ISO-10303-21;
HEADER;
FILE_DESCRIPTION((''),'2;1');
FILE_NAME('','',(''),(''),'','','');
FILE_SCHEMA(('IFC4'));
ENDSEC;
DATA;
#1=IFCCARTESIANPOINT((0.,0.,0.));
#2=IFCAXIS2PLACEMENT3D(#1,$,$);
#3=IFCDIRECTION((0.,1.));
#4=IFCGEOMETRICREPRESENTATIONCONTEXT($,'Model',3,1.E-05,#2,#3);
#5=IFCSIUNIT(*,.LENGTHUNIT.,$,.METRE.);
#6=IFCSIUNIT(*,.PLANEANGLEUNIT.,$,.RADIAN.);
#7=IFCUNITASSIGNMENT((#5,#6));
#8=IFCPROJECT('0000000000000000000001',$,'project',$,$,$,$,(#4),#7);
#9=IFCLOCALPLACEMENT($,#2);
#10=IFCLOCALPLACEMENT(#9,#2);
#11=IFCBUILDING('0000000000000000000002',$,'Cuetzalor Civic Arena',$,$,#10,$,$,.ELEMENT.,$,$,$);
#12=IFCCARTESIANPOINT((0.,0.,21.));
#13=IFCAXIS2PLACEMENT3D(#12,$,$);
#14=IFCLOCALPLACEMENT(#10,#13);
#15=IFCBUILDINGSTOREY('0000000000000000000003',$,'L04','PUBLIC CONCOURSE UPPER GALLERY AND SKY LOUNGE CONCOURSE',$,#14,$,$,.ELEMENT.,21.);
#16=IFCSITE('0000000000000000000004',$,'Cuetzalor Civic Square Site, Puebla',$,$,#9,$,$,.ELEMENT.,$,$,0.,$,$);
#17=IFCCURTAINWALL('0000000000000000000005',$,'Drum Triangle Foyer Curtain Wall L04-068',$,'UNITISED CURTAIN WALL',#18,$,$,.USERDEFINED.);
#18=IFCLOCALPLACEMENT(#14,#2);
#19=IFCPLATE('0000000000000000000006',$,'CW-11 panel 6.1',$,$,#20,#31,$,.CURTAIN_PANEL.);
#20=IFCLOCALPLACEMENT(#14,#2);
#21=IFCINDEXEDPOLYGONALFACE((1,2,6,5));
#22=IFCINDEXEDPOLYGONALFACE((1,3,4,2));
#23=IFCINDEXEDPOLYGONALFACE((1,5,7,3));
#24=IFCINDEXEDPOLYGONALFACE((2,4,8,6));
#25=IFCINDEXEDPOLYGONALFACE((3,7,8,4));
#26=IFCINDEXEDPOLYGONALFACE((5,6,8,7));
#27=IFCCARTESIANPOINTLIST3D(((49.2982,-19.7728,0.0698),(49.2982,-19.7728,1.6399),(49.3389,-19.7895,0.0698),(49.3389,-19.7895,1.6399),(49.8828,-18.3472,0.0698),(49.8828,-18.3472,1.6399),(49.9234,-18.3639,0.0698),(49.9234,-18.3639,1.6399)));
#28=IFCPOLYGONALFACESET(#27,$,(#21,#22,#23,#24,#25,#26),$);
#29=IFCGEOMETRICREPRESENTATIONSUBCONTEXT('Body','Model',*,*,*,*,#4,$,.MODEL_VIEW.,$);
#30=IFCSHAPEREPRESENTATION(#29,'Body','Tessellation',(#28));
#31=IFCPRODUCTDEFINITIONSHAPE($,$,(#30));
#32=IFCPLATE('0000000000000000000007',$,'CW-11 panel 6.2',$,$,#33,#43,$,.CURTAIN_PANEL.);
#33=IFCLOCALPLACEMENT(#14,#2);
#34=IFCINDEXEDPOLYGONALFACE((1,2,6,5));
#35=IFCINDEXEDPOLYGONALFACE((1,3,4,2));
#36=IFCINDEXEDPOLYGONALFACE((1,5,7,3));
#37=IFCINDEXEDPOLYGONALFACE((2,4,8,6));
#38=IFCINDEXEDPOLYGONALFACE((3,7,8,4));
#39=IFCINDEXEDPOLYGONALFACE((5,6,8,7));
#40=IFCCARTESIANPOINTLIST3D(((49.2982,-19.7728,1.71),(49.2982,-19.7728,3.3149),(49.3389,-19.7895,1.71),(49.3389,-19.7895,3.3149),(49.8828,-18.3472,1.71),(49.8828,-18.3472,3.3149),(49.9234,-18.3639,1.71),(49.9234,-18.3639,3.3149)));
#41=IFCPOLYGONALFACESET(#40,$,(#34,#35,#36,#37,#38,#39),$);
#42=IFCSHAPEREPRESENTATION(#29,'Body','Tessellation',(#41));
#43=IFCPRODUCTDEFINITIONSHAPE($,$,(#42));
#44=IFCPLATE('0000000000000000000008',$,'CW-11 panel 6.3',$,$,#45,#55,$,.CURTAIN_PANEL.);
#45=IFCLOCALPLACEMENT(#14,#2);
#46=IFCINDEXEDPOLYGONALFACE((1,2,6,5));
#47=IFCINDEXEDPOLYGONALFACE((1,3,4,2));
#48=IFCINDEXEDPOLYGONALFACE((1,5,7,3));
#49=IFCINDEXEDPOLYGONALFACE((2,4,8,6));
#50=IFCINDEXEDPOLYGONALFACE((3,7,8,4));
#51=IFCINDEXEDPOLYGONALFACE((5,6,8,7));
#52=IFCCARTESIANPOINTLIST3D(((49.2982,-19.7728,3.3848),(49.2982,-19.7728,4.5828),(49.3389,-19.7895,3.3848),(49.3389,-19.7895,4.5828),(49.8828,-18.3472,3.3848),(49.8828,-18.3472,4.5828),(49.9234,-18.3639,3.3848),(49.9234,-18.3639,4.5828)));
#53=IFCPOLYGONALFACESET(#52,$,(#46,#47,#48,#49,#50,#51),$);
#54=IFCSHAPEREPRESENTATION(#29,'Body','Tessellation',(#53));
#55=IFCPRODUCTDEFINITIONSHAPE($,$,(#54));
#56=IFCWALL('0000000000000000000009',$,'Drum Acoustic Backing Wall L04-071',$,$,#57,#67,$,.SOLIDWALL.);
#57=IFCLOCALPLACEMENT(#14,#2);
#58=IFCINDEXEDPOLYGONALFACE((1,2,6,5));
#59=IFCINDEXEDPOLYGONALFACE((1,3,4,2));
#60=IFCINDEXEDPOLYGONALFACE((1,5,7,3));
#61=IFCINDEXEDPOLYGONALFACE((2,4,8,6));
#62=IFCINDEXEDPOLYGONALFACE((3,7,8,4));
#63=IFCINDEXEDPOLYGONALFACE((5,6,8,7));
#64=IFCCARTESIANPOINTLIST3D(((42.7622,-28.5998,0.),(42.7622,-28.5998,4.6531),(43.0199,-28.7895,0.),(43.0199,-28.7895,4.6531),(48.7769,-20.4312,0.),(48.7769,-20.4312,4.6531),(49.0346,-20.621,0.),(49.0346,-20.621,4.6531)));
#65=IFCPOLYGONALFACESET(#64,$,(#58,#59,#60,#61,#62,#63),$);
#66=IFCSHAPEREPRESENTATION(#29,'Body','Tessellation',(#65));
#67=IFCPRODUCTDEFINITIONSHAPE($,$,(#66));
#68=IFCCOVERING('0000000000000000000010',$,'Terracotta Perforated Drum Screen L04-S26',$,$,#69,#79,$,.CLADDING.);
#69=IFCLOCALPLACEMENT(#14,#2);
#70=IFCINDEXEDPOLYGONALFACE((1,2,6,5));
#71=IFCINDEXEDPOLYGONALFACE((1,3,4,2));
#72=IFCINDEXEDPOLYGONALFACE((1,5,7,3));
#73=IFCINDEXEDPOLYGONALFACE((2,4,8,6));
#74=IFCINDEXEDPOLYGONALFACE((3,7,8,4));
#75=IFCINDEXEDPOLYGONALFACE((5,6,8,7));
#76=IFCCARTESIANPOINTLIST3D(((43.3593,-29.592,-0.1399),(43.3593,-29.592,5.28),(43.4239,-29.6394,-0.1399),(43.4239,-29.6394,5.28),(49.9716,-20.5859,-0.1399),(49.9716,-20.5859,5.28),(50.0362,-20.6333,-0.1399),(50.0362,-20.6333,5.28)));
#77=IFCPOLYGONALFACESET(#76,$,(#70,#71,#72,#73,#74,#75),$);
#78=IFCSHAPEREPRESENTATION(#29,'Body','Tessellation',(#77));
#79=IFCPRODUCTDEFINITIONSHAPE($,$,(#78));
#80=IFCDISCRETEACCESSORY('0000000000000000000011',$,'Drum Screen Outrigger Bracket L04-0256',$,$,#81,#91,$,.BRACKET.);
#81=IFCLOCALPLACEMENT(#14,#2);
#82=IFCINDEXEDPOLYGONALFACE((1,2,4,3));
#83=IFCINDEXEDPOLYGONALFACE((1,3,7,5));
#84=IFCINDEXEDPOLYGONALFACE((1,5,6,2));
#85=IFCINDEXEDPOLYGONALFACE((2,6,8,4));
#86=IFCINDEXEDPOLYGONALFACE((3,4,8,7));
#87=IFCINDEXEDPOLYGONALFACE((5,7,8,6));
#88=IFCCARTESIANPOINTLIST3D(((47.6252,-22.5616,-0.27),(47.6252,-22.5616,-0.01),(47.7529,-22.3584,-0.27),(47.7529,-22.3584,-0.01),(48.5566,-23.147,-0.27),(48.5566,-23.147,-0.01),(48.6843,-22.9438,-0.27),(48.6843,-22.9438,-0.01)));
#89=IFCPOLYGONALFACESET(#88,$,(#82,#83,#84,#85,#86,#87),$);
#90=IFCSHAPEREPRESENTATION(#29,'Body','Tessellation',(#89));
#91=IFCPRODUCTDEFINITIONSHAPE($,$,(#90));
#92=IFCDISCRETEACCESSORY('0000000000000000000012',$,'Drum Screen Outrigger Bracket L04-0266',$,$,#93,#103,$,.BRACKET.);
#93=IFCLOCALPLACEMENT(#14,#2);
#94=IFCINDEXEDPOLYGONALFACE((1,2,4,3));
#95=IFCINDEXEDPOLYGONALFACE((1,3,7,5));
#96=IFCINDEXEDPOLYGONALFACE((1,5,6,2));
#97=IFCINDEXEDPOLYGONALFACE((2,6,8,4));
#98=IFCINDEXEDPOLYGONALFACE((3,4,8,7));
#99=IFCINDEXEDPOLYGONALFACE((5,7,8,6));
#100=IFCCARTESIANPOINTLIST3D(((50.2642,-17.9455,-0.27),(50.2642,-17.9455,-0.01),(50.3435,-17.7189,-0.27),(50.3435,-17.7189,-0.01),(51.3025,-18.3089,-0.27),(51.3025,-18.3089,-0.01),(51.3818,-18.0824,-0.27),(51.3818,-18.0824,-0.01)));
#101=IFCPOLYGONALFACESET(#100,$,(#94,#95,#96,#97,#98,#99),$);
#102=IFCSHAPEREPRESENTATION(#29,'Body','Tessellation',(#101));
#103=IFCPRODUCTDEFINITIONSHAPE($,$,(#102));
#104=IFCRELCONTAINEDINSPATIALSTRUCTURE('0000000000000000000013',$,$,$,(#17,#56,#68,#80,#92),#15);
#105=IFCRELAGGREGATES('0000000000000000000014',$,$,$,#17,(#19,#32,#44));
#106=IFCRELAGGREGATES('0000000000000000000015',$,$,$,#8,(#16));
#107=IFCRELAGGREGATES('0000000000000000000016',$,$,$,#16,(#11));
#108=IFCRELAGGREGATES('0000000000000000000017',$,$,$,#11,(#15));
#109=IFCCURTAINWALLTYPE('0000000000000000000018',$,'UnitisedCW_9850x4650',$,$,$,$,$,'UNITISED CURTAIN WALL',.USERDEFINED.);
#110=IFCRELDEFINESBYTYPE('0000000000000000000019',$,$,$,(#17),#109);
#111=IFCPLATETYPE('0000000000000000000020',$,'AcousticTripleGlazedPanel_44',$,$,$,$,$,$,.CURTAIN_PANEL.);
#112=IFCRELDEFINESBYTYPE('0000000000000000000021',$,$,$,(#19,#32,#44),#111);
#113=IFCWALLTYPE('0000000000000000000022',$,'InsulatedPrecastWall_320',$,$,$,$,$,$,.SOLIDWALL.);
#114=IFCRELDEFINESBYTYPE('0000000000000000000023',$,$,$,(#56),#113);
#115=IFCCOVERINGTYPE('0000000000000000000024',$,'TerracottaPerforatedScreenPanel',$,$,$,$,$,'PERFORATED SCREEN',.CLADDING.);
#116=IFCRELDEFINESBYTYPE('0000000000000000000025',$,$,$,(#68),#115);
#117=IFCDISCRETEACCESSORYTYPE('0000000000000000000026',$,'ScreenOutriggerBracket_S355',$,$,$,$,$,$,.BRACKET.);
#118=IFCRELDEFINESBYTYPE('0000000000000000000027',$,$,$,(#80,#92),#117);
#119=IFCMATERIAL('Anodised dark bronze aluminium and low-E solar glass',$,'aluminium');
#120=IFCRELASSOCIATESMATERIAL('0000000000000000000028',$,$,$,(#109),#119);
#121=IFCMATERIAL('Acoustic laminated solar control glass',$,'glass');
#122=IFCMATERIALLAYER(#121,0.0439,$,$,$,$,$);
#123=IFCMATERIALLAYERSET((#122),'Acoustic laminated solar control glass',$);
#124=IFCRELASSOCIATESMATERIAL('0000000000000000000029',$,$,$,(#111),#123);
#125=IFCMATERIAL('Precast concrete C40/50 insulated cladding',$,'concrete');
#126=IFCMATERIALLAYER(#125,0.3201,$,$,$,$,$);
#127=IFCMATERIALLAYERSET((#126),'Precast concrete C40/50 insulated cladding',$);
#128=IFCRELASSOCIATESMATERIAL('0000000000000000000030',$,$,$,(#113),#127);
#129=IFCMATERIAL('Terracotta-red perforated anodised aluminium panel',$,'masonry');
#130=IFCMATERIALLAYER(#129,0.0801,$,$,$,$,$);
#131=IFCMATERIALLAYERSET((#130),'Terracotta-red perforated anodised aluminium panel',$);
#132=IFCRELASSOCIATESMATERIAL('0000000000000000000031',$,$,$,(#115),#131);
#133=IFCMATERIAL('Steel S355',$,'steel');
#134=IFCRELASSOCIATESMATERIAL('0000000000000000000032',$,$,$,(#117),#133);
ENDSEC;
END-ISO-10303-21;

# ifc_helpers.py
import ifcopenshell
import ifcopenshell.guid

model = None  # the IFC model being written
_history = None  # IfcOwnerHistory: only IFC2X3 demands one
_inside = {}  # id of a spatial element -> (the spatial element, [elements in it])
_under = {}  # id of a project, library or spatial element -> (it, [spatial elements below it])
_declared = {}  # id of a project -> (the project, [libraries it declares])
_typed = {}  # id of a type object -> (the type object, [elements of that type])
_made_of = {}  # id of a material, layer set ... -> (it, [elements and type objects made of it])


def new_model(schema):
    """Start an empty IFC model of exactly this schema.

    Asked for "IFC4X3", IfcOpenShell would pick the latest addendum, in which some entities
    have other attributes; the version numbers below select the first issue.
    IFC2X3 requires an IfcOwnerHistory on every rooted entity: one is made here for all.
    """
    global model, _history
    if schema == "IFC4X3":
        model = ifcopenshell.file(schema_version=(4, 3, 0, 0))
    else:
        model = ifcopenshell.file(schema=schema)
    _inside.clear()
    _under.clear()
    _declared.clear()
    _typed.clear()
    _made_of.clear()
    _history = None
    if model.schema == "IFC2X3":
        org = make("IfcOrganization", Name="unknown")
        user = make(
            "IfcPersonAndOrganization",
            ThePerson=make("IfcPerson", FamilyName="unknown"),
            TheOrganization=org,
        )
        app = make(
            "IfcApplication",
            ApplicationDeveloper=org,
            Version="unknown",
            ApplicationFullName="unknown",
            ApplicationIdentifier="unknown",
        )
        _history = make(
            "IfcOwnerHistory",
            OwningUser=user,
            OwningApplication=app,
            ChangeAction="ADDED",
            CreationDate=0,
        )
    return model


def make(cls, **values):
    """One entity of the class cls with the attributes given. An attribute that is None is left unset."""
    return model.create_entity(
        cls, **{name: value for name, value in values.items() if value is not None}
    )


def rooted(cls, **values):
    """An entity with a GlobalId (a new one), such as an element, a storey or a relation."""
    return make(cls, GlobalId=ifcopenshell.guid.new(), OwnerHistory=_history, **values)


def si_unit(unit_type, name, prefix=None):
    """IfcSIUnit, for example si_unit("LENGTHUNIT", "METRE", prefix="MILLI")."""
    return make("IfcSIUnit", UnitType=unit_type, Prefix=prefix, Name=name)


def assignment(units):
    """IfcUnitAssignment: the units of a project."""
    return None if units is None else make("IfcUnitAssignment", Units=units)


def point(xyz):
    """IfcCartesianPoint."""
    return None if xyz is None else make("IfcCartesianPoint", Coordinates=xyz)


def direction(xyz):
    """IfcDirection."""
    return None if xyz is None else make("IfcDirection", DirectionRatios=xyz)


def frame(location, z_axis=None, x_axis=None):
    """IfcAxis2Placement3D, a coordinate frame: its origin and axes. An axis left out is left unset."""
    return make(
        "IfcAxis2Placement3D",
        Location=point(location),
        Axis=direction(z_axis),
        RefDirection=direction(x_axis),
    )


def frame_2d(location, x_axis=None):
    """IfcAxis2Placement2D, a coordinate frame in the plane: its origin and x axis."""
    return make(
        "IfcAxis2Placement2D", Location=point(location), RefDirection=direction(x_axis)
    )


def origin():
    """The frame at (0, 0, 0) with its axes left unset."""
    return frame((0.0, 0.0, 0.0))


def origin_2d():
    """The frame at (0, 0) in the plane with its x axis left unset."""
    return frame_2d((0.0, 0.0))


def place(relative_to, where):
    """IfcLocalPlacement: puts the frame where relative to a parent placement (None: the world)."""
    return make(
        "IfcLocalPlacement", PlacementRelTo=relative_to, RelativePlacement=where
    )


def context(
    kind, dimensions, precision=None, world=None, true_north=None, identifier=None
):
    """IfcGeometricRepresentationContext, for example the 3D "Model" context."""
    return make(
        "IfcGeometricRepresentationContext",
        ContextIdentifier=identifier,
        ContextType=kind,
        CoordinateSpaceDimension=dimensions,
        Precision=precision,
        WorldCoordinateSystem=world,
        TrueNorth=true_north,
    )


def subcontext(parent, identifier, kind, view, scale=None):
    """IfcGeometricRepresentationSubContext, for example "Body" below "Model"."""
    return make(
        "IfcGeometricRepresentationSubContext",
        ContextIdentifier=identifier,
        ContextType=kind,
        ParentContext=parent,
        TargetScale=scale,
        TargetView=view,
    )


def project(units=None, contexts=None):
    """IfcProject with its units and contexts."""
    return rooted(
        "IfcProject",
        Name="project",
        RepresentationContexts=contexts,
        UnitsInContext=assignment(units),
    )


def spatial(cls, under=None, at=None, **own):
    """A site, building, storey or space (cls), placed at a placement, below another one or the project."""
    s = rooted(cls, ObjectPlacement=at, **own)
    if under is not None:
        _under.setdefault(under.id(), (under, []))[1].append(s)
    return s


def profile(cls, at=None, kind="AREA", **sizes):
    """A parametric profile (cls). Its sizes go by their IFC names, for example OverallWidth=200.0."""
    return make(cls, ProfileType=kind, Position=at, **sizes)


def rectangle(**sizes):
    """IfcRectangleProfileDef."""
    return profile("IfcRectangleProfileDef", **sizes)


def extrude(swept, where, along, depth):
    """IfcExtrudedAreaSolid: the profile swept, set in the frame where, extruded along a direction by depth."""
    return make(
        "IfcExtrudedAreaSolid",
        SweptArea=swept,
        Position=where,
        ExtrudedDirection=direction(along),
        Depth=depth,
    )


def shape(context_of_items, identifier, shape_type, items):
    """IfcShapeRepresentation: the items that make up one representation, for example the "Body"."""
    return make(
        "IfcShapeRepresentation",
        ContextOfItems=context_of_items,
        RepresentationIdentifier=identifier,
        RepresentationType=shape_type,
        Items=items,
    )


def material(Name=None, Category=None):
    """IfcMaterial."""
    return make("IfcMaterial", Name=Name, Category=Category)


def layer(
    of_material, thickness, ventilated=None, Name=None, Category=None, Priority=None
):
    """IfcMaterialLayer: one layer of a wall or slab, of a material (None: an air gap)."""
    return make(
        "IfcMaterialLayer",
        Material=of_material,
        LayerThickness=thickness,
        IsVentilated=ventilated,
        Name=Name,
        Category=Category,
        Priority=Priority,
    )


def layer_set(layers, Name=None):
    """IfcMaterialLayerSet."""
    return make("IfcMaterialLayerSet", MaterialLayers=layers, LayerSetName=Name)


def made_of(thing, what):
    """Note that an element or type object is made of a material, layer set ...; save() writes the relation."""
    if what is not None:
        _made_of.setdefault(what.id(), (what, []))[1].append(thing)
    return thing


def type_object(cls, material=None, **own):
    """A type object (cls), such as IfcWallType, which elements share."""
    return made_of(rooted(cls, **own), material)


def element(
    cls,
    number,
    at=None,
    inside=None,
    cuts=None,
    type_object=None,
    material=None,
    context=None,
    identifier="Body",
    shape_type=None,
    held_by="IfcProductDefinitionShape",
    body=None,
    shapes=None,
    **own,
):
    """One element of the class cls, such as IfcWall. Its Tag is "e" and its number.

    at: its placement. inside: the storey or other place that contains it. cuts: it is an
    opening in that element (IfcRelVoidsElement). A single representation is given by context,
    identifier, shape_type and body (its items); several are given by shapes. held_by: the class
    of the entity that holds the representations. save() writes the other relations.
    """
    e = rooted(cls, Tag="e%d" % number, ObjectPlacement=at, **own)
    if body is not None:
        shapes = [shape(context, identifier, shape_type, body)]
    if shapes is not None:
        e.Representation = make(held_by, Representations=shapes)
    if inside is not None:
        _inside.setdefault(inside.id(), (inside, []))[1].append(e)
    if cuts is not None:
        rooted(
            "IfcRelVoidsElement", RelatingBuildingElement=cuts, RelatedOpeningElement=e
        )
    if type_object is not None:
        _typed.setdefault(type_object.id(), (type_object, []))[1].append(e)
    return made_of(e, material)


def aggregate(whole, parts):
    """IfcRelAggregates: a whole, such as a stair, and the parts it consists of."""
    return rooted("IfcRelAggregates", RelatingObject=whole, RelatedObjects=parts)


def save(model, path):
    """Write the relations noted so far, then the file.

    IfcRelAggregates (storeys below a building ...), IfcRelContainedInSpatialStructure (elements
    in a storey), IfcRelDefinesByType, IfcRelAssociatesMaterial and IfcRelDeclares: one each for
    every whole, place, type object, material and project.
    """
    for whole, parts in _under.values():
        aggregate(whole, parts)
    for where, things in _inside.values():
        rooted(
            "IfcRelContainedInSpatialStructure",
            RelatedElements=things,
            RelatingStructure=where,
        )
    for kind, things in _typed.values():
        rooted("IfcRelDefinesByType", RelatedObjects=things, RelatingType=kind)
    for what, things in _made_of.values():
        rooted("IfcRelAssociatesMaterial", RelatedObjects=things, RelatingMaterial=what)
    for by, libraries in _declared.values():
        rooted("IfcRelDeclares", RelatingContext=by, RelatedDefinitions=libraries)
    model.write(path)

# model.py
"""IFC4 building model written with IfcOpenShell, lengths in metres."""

from ifc_helpers import new_model, si_unit, direction, frame, frame_2d, origin, origin_2d, place, context, subcontext, project, spatial, rectangle, extrude, material, layer, layer_set, type_object, element, aggregate, save


model = new_model("IFC4")

# Units and contexts
model_context = context("Model", 3, precision=1e-05, world=origin(), true_north=direction((0.0, 1.0)))
body_context = subcontext(model_context, "Body", "Model", "MODEL_VIEW")
ifc_project = project(units=[si_unit("LENGTHUNIT", "METRE"), si_unit("PLANEANGLEUNIT", "RADIAN")], contexts=[model_context])

# Site, building, storey
site_placement = place(None, origin())
site = spatial("IfcSite", under=ifc_project, at=site_placement, Name="Cuetzalor Civic Square Site, Puebla", CompositionType="ELEMENT", RefElevation=0.0)
building_placement = place(site_placement, origin())
building = spatial("IfcBuilding", under=site, at=building_placement, Name="Cuetzalor Civic Arena", CompositionType="ELEMENT")
storey_placement = place(building_placement, frame((0.0, 0.0, 21.0)))
storey = spatial("IfcBuildingStorey", under=building, at=storey_placement, Name="L04", Description="PUBLIC CONCOURSE UPPER GALLERY AND SKY LOUNGE CONCOURSE", CompositionType="ELEMENT", Elevation=21.0)

# Curtain wall
ifc_material_1 = material(Name="Anodised dark bronze aluminium and low-E solar glass", Category="aluminium")
curtain_wall_type = type_object("IfcCurtainWallType", Name="UnitisedCW_9850x4650", ElementType="UNITISED CURTAIN WALL", PredefinedType="USERDEFINED", material=ifc_material_1)
curtain_wall_placement = place(storey_placement, origin())
curtain_wall = element("IfcCurtainWall", 1, at=curtain_wall_placement, inside=storey, type_object=curtain_wall_type, Name="Drum Triangle Foyer Curtain Wall L04-068", ObjectType="UNITISED CURTAIN WALL", PredefinedType="USERDEFINED")

# Plates
ifc_material_2 = material(Name="Acoustic laminated solar control glass", Category="glass")
ifc_layer_1 = layer(ifc_material_2, 0.0439)
ifc_layer_set_1 = layer_set([ifc_layer_1], Name="Acoustic laminated solar control glass")
plate_type = type_object("IfcPlateType", Name="AcousticTripleGlazedPanel_44", PredefinedType="CURTAIN_PANEL", material=ifc_layer_set_1)
plate_1_placement = place(storey_placement, frame((49.6108, -19.0684, 0.0698), z_axis=(0.0, 0.0, 1.0), x_axis=(-0.379391, -0.925236, 0.0)))
plate_1 = element("IfcPlate", 2, at=plate_1_placement, type_object=plate_type, Name="CW-11 panel 6.1", PredefinedType="CURTAIN_PANEL", context=body_context, shape_type="SweptSolid", body=[
    extrude(rectangle(XDim=1.5408, YDim=0.0439, at=origin_2d()), origin(), (0.0, 0.0, 1.0), 1.5701),
])
plate_2_placement = place(storey_placement, frame((49.6108, -19.0684, 1.71), z_axis=(0.0, 0.0, 1.0), x_axis=(-0.379391, -0.925236, 0.0)))
plate_2 = element("IfcPlate", 3, at=plate_2_placement, type_object=plate_type, Name="CW-11 panel 6.2", PredefinedType="CURTAIN_PANEL", context=body_context, shape_type="SweptSolid", body=[
    extrude(rectangle(XDim=1.5408, YDim=0.0439, at=origin_2d()), origin(), (0.0, 0.0, 1.0), 1.605),
])
plate_3_placement = place(storey_placement, frame((49.6108, -19.0684, 3.3848), z_axis=(0.0, 0.0, 1.0), x_axis=(-0.379391, -0.925236, 0.0)))
plate_3 = element("IfcPlate", 4, at=plate_3_placement, type_object=plate_type, Name="CW-11 panel 6.3", PredefinedType="CURTAIN_PANEL", context=body_context, shape_type="SweptSolid", body=[
    extrude(rectangle(XDim=1.5408, YDim=0.0439, at=origin_2d()), origin(), (0.0, 0.0, 1.0), 1.198),
])
aggregate(curtain_wall, [plate_1, plate_2, plate_3])

# Wall
ifc_material_3 = material(Name="Precast concrete C40/50 insulated cladding", Category="concrete")
ifc_layer_2 = layer(ifc_material_3, 0.3201)
ifc_layer_set_2 = layer_set([ifc_layer_2], Name="Precast concrete C40/50 insulated cladding")
wall_type = type_object("IfcWallType", Name="InsulatedPrecastWall_320", PredefinedType="SOLIDWALL", material=ifc_layer_set_2)
wall_placement = place(storey_placement, frame((48.9058, -20.5261, 0.0), z_axis=(0.0, 0.0, 1.0), x_axis=(-0.59293, -0.805254, 0.0)))
element("IfcWall", 5, at=wall_placement, inside=storey, type_object=wall_type, Name="Drum Acoustic Backing Wall L04-071", PredefinedType="SOLIDWALL", context=body_context, shape_type="SweptSolid", body=[
    extrude(rectangle(XDim=10.144, YDim=0.3201, at=frame_2d((5.072, 0.0))), origin(), (0.0, 0.0, 1.0), 4.6531),
])

# Covering
ifc_material_4 = material(Name="Terracotta-red perforated anodised aluminium panel", Category="masonry")
ifc_layer_3 = layer(ifc_material_4, 0.0801)
ifc_layer_set_3 = layer_set([ifc_layer_3], Name="Terracotta-red perforated anodised aluminium panel")
covering_type = type_object("IfcCoveringType", Name="TerracottaPerforatedScreenPanel", ElementType="PERFORATED SCREEN", PredefinedType="CLADDING", material=ifc_layer_set_3)
covering_placement = place(storey_placement, frame((50.0039, -20.6096, -0.1399), z_axis=(0.0, 0.0, 1.0), x_axis=(-0.591819, -0.806071, 0.0)))
element("IfcCovering", 6, at=covering_placement, inside=storey, type_object=covering_type, Name="Terracotta Perforated Drum Screen L04-S26", PredefinedType="CLADDING", context=body_context, shape_type="SweptSolid", body=[
    extrude(rectangle(XDim=11.1729, YDim=0.0801, at=frame_2d((5.5864, 0.0))), origin(), (0.0, 0.0, 1.0), 5.4199),
])

# Discrete accessories
ifc_material_5 = material(Name="Steel S355", Category="steel")
discrete_accessory_type = type_object("IfcDiscreteAccessoryType", Name="ScreenOutriggerBracket_S355", PredefinedType="BRACKET", material=ifc_material_5)
for number, where, z_axis, x_axis, name in (
    (7, (48.1548, -22.7527, -0.27), (0.0, 0.0, 1.0), (0.846658, -0.532138, 0.0), "Drum Screen Outrigger Bracket L04-0256"),
    (8, (50.823, -18.0139, -0.27), (0.0, 0.0, 1.0), (0.943859, -0.33035, 0.0), "Drum Screen Outrigger Bracket L04-0266"),
):
    element("IfcDiscreteAccessory", number, at=place(storey_placement, frame(where, z_axis=z_axis, x_axis=x_axis)), inside=storey, type_object=discrete_accessory_type, Name=name, PredefinedType="BRACKET", context=body_context, shape_type="SweptSolid", body=[
        extrude(rectangle(XDim=1.1001, YDim=0.24, at=origin_2d()), origin(), (0.0, 0.0, 1.0), 0.26),
    ])

save(model, "model.ifc")
